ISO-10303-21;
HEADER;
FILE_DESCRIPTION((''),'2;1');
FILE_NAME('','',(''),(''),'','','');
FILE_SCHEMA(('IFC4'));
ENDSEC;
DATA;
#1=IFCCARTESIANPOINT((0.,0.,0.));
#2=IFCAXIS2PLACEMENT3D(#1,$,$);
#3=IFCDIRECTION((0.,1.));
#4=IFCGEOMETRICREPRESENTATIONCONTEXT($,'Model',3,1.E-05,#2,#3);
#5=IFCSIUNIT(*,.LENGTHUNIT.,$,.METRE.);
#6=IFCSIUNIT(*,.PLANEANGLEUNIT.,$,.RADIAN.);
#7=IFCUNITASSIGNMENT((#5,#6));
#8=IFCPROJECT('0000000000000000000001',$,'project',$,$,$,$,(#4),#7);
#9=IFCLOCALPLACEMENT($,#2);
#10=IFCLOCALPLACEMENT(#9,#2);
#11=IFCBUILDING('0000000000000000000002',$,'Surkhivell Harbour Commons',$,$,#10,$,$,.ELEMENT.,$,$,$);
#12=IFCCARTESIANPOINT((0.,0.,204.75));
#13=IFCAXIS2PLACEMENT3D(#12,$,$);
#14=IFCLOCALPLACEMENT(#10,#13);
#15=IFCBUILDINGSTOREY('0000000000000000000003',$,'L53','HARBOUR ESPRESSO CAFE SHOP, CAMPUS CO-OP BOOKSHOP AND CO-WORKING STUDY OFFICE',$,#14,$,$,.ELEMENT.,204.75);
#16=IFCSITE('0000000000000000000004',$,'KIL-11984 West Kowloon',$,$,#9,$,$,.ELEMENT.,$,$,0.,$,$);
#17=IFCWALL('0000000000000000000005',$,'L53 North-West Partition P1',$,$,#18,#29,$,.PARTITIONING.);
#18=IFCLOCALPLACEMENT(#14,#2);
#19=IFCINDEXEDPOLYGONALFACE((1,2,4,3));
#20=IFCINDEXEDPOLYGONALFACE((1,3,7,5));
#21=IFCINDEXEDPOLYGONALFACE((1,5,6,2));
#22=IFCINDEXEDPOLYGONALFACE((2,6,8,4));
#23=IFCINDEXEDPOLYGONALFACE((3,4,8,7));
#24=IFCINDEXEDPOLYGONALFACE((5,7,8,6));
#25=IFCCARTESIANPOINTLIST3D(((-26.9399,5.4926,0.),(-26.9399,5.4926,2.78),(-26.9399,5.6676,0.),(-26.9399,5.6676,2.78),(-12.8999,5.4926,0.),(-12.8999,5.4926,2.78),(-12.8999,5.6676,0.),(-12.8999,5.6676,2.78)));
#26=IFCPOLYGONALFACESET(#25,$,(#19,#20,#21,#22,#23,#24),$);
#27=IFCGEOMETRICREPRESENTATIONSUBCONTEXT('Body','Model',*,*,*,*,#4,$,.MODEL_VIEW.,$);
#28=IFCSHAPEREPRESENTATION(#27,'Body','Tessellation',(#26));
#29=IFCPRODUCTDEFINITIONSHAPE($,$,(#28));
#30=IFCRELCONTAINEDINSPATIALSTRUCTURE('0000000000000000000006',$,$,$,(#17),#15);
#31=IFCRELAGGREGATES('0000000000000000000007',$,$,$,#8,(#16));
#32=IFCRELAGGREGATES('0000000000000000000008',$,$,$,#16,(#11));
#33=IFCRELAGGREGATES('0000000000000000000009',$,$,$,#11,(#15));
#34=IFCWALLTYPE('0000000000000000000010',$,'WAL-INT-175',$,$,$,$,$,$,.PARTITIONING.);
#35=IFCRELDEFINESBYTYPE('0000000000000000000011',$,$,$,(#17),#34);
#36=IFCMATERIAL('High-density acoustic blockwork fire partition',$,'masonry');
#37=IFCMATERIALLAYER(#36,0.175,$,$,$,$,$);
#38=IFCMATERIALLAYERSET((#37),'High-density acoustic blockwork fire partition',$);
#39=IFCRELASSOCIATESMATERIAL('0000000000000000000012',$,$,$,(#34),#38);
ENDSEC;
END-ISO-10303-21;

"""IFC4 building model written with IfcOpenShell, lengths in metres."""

from ifc_helpers import new_model, si_unit, direction, frame, frame_2d, origin, place, context, subcontext, project, spatial, rectangle, extrude, material, layer, layer_set, type_object, element, save


model = new_model("IFC4")

# Units and contexts
model_context = context("Model", 3, precision=1e-05, world=origin(), true_north=direction((0.0, 1.0)))
body_context = subcontext(model_context, "Body", "Model", "MODEL_VIEW")
ifc_project = project(units=[si_unit("LENGTHUNIT", "METRE"), si_unit("PLANEANGLEUNIT", "RADIAN")], contexts=[model_context])

# Site, building, storey
site_placement = place(None, origin())
site = spatial("IfcSite", under=ifc_project, at=site_placement, Name="KIL-11984 West Kowloon", CompositionType="ELEMENT", RefElevation=0.0)
building_placement = place(site_placement, origin())
building = spatial("IfcBuilding", under=site, at=building_placement, Name="Surkhivell Harbour Commons", CompositionType="ELEMENT")
storey_placement = place(building_placement, frame((0.0, 0.0, 204.75)))
storey = spatial("IfcBuildingStorey", under=building, at=storey_placement, Name="L53", Description="HARBOUR ESPRESSO CAFE SHOP, CAMPUS CO-OP BOOKSHOP AND CO-WORKING STUDY OFFICE", CompositionType="ELEMENT", Elevation=204.75)

# Wall
ifc_material_1 = material(Name="High-density acoustic blockwork fire partition", Category="masonry")
ifc_layer_1 = layer(ifc_material_1, 0.175)
ifc_layer_set_1 = layer_set([ifc_layer_1], Name="High-density acoustic blockwork fire partition")
wall_type_1 = type_object("IfcWallType", Name="WAL-INT-175", PredefinedType="PARTITIONING", material=ifc_layer_set_1)
wall_1_placement = place(storey_placement, frame((-26.9399, 5.5801, 0.0), z_axis=(0.0, 0.0, 1.0), x_axis=(1.0, 0.0, 0.0)))
element("IfcWall", 1, at=wall_1_placement, inside=storey, type_object=wall_type_1, Name="L53 North-West Partition P1", PredefinedType="PARTITIONING", context=body_context, shape_type="SweptSolid", body=[
    extrude(rectangle(XDim=14.04, YDim=0.175, at=frame_2d((7.02, 0.0))), origin(), (0.0, 0.0, 1.0), 2.78),
])

save(model, "model.ifc")
